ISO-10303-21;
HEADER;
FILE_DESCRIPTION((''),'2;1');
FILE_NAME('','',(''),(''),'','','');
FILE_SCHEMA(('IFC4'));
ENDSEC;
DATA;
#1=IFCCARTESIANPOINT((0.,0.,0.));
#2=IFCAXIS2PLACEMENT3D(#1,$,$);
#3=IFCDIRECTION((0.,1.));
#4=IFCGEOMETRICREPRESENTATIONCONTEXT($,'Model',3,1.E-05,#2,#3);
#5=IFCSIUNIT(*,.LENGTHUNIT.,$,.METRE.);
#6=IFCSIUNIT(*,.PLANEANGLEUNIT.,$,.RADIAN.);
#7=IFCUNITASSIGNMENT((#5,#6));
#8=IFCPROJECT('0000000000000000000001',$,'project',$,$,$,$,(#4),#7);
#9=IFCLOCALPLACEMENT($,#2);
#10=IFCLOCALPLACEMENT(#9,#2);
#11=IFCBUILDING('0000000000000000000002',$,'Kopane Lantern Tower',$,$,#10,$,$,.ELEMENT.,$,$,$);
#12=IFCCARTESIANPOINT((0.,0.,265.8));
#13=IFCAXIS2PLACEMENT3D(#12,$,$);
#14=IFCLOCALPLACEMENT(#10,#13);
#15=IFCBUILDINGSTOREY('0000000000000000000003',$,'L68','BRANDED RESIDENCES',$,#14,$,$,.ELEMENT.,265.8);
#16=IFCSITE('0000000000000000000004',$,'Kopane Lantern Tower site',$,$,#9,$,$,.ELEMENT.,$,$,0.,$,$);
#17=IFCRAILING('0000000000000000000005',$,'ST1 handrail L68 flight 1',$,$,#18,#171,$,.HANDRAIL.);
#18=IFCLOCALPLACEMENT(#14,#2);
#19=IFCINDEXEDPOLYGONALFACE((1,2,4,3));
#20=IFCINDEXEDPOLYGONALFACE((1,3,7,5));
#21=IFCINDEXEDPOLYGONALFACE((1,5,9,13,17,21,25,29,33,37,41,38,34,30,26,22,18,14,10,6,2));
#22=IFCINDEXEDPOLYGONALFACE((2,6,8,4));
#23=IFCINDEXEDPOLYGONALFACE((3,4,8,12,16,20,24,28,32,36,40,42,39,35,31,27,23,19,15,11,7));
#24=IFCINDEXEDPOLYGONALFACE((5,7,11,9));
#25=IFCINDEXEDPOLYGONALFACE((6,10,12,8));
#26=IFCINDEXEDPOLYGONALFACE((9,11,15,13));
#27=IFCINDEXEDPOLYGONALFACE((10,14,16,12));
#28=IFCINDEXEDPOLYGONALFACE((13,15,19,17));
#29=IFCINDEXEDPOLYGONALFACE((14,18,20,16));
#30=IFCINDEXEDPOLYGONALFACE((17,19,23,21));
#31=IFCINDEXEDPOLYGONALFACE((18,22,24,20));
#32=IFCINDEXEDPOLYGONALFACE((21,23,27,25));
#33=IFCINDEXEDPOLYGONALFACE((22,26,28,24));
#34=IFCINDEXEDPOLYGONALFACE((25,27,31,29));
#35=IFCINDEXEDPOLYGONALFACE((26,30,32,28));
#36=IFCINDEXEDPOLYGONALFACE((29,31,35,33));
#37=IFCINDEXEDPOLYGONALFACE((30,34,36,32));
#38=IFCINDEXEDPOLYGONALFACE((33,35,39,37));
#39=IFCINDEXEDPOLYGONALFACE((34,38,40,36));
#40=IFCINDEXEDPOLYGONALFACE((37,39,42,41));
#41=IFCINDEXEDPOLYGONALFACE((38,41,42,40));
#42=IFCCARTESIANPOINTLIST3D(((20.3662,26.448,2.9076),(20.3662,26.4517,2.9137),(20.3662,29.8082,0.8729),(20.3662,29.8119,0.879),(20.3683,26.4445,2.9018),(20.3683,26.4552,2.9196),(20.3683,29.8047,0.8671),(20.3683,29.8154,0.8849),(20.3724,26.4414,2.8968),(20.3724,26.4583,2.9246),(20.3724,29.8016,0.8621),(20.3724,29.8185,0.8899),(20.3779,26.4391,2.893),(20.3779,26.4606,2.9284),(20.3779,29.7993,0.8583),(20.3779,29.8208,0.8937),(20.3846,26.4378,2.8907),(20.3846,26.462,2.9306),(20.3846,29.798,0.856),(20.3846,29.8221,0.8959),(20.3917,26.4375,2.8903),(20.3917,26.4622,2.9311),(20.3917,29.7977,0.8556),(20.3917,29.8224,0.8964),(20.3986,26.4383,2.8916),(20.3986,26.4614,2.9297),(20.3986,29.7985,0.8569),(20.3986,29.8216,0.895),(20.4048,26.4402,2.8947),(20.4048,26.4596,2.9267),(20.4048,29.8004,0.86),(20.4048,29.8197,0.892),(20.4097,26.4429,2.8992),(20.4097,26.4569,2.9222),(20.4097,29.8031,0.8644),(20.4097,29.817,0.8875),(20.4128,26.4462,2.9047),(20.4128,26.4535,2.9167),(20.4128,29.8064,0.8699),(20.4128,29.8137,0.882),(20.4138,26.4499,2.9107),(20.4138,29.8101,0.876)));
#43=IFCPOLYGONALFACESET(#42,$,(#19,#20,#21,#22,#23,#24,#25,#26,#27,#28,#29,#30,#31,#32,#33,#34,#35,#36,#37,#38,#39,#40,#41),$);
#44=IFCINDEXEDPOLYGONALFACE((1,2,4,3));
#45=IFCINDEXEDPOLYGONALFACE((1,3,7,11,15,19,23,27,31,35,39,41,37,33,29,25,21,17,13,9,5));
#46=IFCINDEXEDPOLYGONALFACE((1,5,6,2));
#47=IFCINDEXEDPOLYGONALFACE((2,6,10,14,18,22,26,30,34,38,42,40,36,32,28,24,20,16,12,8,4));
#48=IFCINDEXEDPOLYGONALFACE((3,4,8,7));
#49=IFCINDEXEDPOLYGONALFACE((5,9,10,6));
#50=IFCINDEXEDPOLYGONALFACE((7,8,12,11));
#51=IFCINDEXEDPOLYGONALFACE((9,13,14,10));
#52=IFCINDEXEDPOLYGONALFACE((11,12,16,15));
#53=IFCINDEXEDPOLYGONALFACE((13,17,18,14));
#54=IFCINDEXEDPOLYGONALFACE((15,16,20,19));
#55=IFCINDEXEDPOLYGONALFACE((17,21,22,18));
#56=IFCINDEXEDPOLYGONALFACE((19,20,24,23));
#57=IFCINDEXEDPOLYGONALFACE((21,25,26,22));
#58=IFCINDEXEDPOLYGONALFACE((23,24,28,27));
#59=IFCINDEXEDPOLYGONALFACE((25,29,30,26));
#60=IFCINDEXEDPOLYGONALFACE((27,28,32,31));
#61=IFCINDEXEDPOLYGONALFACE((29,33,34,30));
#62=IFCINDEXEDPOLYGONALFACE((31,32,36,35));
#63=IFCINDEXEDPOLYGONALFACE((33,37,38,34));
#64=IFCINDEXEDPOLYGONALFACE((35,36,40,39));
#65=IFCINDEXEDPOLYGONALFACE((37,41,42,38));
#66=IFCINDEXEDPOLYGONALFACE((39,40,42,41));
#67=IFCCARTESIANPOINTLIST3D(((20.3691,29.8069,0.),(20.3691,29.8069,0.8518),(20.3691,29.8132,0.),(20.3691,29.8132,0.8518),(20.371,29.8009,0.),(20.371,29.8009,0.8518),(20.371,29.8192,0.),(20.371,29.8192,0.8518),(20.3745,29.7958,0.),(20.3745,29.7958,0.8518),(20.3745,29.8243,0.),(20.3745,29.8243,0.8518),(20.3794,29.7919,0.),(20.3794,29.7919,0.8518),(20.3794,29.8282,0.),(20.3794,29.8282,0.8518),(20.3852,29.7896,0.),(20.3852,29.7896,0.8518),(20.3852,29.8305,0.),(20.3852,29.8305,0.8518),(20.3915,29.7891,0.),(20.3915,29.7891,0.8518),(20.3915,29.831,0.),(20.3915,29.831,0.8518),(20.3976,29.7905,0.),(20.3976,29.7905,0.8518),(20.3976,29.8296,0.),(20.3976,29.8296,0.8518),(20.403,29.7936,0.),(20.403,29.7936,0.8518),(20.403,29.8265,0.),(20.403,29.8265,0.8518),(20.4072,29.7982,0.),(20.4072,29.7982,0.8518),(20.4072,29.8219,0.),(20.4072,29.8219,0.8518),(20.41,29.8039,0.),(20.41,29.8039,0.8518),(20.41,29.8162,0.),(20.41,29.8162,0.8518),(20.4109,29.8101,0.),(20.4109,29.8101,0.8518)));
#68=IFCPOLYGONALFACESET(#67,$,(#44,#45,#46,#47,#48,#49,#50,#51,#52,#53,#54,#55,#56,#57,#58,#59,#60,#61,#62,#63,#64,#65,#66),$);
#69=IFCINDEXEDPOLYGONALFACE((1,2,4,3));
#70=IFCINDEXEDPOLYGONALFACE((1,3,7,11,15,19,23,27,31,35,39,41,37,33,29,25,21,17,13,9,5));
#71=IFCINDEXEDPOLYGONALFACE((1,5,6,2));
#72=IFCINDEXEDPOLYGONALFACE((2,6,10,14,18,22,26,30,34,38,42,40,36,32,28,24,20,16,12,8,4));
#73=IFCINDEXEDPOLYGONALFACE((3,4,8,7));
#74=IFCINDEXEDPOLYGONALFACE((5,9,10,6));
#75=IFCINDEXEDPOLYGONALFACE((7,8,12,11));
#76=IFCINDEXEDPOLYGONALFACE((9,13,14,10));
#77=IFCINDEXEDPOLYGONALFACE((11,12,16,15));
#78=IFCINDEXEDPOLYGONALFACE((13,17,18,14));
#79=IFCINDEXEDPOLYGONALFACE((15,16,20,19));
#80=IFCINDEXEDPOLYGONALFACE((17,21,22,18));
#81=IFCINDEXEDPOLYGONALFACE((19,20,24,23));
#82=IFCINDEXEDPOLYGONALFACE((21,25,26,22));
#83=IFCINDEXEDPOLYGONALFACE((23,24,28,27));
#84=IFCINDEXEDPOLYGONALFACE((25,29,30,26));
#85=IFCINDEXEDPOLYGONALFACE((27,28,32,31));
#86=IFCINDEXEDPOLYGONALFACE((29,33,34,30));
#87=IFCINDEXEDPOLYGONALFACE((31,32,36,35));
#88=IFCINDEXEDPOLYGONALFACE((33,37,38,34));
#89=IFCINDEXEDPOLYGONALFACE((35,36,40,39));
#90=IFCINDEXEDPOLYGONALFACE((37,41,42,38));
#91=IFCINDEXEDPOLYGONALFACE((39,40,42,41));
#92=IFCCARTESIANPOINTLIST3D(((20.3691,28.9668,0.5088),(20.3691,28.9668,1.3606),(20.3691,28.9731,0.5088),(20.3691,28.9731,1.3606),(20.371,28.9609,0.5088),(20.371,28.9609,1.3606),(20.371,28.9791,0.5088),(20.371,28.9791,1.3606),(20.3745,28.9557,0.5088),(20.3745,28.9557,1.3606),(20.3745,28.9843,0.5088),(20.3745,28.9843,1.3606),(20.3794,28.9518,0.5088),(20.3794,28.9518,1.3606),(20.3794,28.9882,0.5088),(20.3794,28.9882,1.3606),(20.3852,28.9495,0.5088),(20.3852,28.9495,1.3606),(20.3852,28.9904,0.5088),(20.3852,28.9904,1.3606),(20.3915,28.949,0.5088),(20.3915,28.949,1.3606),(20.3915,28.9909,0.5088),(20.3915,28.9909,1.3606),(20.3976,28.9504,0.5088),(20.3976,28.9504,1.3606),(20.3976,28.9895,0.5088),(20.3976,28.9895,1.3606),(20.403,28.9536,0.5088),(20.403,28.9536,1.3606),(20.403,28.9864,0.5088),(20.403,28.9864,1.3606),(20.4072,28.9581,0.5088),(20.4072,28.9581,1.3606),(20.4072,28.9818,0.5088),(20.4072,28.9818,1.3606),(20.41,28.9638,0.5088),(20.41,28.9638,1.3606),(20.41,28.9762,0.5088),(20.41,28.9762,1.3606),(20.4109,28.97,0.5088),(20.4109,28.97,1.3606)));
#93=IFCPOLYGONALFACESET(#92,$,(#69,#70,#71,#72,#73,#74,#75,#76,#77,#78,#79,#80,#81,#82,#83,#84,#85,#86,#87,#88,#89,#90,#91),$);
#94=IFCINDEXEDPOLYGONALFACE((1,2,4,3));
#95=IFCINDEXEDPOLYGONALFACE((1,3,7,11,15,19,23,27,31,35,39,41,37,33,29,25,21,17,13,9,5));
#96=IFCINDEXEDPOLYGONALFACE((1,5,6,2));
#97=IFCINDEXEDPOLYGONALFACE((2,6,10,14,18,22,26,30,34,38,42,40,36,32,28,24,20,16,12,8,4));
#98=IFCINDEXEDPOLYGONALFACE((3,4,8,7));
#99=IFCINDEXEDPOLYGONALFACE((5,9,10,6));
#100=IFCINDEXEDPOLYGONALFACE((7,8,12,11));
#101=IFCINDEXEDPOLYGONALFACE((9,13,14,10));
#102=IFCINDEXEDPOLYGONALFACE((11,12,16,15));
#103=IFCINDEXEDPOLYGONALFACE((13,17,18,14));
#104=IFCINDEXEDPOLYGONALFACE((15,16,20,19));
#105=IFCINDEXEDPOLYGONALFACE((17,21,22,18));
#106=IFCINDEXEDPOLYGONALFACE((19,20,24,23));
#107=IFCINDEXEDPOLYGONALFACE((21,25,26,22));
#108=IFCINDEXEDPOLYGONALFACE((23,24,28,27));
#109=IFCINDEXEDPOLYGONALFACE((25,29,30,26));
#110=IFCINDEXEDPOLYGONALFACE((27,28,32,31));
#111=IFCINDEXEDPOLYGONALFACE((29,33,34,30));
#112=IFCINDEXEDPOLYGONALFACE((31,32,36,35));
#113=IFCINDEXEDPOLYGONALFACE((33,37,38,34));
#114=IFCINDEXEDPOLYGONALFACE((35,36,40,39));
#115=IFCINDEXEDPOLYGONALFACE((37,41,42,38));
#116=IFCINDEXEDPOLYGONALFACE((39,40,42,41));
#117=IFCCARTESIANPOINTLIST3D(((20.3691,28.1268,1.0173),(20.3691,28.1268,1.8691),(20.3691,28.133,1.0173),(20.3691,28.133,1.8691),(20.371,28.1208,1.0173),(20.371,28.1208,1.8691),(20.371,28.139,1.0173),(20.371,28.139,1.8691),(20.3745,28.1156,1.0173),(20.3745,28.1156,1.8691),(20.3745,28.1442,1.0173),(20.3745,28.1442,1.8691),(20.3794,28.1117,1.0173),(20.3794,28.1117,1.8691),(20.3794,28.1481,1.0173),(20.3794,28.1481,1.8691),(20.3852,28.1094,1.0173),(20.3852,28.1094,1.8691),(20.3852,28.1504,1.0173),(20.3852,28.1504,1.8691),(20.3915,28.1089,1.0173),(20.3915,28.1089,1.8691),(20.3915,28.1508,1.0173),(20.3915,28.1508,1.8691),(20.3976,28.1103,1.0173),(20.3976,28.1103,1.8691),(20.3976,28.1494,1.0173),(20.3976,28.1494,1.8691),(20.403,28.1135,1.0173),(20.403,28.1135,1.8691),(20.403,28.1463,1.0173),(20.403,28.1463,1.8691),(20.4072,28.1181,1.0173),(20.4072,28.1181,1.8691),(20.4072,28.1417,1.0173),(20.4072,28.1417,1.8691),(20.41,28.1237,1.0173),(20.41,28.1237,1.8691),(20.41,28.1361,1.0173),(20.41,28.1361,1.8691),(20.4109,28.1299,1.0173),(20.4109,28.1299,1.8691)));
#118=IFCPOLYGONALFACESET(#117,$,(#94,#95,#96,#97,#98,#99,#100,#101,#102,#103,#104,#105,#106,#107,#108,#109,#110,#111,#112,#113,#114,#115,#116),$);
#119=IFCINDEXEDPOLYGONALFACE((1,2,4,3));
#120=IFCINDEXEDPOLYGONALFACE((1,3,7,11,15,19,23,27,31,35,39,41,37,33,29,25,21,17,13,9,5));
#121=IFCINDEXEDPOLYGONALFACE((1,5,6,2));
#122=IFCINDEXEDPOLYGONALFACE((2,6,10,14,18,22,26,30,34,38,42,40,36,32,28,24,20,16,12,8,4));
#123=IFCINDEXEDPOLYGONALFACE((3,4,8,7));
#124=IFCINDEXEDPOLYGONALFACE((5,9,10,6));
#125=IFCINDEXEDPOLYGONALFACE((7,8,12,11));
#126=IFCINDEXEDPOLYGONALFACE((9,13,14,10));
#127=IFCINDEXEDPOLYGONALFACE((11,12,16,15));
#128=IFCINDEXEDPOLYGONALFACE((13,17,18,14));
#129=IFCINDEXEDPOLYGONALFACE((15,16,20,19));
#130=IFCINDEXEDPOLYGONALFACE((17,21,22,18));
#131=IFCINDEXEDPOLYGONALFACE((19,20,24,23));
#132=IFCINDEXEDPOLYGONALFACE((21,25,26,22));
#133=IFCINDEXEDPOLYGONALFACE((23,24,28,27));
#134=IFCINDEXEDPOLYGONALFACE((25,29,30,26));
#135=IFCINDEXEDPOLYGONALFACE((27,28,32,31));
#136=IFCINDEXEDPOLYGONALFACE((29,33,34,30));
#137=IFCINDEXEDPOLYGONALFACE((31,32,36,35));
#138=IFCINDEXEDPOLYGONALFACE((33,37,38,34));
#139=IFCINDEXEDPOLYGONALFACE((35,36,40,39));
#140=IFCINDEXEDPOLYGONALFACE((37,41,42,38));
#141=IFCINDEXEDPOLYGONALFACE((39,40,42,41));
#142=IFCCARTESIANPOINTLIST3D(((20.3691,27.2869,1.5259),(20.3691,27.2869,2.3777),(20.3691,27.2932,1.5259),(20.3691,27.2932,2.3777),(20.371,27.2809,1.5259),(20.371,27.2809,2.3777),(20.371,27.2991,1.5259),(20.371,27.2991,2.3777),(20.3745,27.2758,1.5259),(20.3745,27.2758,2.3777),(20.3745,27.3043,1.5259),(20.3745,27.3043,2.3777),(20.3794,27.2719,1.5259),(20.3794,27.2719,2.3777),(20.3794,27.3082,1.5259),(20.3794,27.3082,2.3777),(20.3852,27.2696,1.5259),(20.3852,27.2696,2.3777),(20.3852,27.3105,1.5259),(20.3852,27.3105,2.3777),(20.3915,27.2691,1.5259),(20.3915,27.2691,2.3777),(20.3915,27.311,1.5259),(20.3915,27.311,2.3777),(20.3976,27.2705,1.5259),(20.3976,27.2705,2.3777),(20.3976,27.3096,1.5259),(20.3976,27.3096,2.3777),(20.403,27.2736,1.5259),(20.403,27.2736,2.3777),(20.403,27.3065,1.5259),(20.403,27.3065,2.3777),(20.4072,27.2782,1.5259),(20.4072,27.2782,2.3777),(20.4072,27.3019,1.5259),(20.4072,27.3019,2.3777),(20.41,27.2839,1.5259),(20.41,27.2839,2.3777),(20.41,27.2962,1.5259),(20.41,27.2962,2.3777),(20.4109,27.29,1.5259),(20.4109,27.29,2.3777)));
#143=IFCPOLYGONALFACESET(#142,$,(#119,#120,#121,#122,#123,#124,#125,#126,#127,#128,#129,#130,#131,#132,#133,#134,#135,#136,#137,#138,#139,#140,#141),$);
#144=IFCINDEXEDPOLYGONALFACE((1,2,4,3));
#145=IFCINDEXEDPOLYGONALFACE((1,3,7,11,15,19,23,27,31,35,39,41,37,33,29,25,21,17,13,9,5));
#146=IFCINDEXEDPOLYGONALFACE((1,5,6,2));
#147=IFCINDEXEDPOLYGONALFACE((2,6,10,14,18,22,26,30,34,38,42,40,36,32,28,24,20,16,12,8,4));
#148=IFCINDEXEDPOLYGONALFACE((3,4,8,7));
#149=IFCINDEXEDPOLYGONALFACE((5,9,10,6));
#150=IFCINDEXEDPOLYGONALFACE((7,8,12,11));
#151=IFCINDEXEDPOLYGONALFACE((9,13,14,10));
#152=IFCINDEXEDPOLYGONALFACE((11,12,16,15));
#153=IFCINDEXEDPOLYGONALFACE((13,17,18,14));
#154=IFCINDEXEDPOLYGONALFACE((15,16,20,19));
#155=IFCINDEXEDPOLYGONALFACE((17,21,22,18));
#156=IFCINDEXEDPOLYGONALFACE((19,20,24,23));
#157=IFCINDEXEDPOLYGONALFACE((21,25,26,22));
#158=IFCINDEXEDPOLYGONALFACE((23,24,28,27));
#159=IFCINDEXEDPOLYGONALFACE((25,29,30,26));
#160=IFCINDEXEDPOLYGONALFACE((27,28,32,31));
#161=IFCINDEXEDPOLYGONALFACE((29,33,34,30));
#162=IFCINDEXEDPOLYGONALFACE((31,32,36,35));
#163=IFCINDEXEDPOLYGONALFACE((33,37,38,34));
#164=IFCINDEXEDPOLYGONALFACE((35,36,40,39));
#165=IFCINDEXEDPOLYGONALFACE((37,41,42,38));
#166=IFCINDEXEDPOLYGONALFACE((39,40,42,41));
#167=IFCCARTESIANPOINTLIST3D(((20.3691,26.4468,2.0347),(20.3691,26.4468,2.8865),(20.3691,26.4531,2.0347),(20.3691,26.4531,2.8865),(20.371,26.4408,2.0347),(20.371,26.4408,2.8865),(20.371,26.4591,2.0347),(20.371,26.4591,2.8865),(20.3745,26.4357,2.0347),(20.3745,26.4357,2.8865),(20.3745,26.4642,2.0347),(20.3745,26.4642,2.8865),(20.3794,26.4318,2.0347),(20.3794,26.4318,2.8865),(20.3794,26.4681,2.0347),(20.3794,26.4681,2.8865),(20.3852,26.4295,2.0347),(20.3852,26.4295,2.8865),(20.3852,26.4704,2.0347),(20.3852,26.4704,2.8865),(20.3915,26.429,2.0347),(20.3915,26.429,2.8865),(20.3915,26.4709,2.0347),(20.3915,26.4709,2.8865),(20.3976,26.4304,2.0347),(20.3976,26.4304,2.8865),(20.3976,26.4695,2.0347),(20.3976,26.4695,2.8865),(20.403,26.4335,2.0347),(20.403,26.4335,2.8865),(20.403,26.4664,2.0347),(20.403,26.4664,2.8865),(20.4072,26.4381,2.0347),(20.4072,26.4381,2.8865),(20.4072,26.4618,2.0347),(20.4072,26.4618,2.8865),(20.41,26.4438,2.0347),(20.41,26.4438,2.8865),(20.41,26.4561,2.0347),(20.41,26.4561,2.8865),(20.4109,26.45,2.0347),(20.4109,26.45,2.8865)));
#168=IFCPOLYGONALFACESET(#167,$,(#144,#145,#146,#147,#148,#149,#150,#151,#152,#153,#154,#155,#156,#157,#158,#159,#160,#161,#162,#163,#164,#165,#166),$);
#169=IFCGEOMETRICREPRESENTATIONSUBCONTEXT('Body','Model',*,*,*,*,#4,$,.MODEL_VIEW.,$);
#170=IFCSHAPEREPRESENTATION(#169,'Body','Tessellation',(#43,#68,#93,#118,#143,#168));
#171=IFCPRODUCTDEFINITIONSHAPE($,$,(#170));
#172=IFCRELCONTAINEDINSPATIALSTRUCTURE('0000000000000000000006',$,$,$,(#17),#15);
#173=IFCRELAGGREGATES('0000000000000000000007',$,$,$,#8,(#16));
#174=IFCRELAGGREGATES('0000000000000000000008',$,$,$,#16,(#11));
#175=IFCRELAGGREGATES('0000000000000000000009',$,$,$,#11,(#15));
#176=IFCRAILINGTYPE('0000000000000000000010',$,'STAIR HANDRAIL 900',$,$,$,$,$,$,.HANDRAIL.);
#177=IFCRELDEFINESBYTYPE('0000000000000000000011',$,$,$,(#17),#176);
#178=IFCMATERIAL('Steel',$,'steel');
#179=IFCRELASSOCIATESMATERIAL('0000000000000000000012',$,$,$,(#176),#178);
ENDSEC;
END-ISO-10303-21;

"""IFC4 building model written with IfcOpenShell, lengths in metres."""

from ifc_helpers import new_model, si_unit, direction, frame, origin, origin_2d, place, context, subcontext, project, spatial, circle, extrude, material, type_object, element, save


model = new_model("IFC4")

# Units and contexts
model_context = context("Model", 3, precision=1e-05, world=origin(), true_north=direction((0.0, 1.0)))
body_context = subcontext(model_context, "Body", "Model", "MODEL_VIEW")
ifc_project = project(units=[si_unit("LENGTHUNIT", "METRE"), si_unit("PLANEANGLEUNIT", "RADIAN")], contexts=[model_context])

# Site, building, storey
site_placement = place(None, origin())
site = spatial("IfcSite", under=ifc_project, at=site_placement, Name="Kopane Lantern Tower site", CompositionType="ELEMENT", RefElevation=0.0)
building_placement = place(site_placement, origin())
building = spatial("IfcBuilding", under=site, at=building_placement, Name="Kopane Lantern Tower", CompositionType="ELEMENT")
storey_placement = place(building_placement, frame((0.0, 0.0, 265.8)))
storey = spatial("IfcBuildingStorey", under=building, at=storey_placement, Name="L68", Description="BRANDED RESIDENCES", CompositionType="ELEMENT", Elevation=265.8)

# Railing
ifc_material_1 = material(Name="Steel", Category="steel")
railing_type_1 = type_object("IfcRailingType", Name="STAIR HANDRAIL 900", PredefinedType="HANDRAIL", material=ifc_material_1)
for number, where, name in (
    (1, (20.3899, 29.8101, 0.0), "ST1 handrail L68 flight 1"),
):
    element("IfcRailing", number, at=place(storey_placement, frame(where)), inside=storey, type_object=railing_type_1, Name=name, PredefinedType="HANDRAIL", context=body_context, shape_type="SweptSolid", body=[
        extrude(circle(Radius=0.0239, at=origin_2d()), frame((0.0, 0.0, 0.876), z_axis=(0.0, -0.855396, 0.517974), x_axis=(1.0, 0.0, 0.0)), (0.0, 0.0, 1.0), 3.9282),
        extrude(circle(Radius=0.021, at=origin_2d()), origin(), (0.0, 0.0, 1.0), 0.8518),
        extrude(circle(Radius=0.021, at=origin_2d()), frame((0.0, -0.8401, 0.5088)), (0.0, 0.0, 1.0), 0.8518),
        extrude(circle(Radius=0.021, at=origin_2d()), frame((0.0, -1.6802, 1.0173)), (0.0, 0.0, 1.0), 0.8518),
        extrude(circle(Radius=0.021, at=origin_2d()), frame((0.0, -2.52, 1.5259)), (0.0, 0.0, 1.0), 0.8518),
        extrude(circle(Radius=0.021, at=origin_2d()), frame((0.0, -3.3601, 2.0347)), (0.0, 0.0, 1.0), 0.8518),
    ])

save(model, "model.ifc")
